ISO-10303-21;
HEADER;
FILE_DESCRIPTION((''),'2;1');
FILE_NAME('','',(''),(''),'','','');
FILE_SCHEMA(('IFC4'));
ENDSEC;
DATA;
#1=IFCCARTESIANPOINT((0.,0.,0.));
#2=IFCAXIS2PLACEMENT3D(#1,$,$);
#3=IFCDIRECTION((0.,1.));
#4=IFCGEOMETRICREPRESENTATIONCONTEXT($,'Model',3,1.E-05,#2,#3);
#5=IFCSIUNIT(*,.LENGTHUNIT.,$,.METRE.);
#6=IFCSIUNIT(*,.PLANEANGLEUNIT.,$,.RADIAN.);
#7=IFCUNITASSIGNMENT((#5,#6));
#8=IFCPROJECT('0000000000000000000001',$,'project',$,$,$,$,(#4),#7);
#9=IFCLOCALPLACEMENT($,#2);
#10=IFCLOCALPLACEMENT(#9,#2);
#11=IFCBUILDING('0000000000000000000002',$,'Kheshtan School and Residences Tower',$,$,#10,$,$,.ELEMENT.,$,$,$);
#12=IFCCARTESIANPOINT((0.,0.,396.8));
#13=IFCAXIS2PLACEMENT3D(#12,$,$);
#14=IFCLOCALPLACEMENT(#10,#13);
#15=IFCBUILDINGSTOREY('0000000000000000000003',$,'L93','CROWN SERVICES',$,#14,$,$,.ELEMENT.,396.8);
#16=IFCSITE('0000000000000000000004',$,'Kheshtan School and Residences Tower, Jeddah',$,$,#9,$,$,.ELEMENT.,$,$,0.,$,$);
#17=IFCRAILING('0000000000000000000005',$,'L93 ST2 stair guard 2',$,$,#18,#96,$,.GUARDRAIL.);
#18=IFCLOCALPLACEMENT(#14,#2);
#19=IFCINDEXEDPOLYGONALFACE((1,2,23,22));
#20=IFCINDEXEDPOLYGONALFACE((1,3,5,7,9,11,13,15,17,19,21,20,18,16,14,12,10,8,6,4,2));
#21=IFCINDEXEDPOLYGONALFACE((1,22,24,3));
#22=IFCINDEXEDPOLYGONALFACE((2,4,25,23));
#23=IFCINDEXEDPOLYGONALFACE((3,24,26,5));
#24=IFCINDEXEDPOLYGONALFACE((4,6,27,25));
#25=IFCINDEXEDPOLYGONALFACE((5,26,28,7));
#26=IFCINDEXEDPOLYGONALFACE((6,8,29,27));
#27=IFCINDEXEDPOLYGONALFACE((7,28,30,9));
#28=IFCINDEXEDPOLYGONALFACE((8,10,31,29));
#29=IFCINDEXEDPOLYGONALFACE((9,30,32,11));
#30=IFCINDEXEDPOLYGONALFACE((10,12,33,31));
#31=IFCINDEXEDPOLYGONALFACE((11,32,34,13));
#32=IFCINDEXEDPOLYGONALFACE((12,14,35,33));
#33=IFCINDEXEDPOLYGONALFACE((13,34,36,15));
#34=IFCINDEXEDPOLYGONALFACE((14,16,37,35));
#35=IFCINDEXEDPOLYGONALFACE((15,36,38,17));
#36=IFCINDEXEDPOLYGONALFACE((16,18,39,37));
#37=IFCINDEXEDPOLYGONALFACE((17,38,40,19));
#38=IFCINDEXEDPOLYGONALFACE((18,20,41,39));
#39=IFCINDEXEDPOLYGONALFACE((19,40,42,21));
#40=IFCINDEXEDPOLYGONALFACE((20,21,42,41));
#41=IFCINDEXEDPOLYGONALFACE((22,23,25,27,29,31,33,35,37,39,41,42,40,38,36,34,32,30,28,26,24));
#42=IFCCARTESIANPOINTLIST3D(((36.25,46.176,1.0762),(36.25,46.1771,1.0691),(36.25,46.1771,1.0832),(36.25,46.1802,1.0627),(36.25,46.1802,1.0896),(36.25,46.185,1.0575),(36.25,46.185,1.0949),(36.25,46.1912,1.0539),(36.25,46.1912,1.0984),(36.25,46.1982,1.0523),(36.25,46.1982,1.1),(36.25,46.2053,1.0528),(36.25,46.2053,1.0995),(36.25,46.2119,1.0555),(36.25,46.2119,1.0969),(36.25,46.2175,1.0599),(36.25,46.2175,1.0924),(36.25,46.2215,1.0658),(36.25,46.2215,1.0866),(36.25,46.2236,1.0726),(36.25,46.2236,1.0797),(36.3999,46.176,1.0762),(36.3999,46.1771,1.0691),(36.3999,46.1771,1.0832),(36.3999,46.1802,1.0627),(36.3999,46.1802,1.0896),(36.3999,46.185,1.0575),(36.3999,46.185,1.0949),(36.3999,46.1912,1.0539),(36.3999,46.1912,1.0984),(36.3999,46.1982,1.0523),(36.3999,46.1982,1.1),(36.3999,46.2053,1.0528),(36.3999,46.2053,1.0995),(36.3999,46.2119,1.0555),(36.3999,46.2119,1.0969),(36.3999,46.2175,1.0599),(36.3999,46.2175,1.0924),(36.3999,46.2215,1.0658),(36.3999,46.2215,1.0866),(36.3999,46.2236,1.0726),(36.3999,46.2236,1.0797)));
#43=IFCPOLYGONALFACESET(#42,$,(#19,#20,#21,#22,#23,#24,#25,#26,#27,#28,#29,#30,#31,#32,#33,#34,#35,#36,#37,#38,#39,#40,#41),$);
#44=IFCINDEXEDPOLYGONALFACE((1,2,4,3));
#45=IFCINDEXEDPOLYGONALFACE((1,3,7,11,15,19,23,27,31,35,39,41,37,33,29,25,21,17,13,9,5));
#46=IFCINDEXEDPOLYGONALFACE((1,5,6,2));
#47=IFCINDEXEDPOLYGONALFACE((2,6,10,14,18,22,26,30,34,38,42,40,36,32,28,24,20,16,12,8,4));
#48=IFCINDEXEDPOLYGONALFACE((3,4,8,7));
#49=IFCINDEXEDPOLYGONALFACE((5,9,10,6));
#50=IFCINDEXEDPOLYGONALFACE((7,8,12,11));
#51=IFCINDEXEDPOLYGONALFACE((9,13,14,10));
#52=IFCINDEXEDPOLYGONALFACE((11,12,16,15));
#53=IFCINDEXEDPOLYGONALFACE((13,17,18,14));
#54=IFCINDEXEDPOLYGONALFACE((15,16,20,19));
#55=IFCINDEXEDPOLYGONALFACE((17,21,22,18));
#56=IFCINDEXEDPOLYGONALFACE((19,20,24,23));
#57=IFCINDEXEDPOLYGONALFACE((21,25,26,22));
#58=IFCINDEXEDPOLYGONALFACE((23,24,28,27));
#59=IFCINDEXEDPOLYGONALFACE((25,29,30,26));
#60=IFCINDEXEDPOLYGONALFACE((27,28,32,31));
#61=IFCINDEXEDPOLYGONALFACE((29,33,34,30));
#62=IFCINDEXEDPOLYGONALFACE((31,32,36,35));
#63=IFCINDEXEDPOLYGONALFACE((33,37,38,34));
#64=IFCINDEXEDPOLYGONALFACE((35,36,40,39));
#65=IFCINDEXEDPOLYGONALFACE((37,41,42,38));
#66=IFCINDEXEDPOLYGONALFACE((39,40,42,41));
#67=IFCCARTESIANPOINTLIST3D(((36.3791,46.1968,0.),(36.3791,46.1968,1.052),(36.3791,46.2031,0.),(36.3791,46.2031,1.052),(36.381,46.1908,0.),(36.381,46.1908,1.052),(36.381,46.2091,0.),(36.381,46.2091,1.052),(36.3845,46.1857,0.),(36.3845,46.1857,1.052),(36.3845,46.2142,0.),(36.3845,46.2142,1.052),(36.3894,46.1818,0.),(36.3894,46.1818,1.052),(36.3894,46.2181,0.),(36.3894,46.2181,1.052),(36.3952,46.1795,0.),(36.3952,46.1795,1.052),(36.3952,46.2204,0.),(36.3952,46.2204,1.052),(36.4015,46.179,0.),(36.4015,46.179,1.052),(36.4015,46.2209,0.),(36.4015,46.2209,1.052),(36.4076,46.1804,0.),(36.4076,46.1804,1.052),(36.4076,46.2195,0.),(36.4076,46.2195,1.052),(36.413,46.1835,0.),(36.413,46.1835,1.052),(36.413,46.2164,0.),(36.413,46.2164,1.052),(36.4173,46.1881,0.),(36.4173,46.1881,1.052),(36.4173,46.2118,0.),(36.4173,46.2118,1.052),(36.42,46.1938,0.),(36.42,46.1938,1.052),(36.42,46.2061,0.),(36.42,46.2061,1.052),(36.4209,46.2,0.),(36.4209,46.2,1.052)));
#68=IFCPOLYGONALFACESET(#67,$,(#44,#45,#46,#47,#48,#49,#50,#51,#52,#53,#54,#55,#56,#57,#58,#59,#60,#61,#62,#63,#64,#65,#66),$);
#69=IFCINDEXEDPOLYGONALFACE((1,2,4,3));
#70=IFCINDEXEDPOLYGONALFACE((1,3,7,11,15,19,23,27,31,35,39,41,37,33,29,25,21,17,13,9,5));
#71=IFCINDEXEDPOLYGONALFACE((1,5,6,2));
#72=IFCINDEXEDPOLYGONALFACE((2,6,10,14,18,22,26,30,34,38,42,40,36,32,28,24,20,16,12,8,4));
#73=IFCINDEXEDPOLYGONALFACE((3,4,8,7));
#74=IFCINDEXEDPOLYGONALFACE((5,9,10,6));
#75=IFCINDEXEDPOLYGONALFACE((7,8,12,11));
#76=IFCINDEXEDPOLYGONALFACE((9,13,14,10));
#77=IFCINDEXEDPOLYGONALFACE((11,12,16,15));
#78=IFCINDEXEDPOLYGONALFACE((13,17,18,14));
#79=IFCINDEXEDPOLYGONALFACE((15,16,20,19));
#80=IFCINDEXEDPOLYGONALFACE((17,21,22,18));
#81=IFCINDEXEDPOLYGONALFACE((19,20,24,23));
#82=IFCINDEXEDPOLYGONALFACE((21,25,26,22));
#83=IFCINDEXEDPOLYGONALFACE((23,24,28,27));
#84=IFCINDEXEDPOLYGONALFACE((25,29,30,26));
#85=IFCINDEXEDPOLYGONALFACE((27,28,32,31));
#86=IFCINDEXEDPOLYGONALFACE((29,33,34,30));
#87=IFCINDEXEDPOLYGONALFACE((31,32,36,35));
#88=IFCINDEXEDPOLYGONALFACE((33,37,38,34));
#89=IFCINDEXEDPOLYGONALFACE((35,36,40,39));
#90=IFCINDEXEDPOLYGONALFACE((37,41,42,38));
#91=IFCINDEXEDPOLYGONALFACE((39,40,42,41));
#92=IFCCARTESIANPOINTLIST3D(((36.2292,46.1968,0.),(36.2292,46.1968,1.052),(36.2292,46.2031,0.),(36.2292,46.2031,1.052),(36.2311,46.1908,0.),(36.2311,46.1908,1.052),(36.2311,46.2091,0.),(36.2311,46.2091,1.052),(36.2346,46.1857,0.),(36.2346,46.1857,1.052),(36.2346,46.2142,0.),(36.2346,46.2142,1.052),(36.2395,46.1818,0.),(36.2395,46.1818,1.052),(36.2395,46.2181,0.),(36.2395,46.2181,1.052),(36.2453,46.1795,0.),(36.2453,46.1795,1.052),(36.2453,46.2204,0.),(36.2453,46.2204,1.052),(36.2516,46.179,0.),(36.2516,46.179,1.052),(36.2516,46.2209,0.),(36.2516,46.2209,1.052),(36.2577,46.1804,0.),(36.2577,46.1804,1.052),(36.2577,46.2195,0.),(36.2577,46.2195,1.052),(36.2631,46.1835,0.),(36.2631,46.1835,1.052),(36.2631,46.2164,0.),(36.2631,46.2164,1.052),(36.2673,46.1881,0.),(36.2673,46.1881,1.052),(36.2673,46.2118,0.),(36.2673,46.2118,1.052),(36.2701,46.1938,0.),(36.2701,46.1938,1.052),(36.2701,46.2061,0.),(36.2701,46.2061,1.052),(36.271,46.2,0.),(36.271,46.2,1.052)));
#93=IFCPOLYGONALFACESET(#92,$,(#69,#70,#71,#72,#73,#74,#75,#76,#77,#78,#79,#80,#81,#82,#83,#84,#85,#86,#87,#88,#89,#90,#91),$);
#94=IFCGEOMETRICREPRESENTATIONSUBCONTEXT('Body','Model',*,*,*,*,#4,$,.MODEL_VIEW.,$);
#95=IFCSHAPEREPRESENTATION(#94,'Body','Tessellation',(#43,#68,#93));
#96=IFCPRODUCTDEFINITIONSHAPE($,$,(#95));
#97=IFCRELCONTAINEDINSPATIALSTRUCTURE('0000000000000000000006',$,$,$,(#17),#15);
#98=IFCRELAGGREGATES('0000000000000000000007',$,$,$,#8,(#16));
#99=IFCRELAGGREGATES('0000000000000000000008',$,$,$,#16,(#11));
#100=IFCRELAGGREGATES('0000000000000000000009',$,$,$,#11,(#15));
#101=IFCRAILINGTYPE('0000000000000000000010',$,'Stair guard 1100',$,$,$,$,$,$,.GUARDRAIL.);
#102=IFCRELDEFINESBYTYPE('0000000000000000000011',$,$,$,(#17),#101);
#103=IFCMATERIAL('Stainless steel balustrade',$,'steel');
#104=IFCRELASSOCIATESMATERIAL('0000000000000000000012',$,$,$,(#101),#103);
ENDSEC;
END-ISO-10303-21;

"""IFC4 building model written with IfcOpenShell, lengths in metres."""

from ifc_helpers import new_model, si_unit, direction, frame, origin, origin_2d, place, context, subcontext, project, spatial, circle, extrude, material, type_object, element, save


model = new_model("IFC4")

# Units and contexts
model_context = context("Model", 3, precision=1e-05, world=origin(), true_north=direction((0.0, 1.0)))
body_context = subcontext(model_context, "Body", "Model", "MODEL_VIEW")
ifc_project = project(units=[si_unit("LENGTHUNIT", "METRE"), si_unit("PLANEANGLEUNIT", "RADIAN")], contexts=[model_context])

# Site, building, storey
site_placement = place(None, origin())
site = spatial("IfcSite", under=ifc_project, at=site_placement, Name="Kheshtan School and Residences Tower, Jeddah", CompositionType="ELEMENT", RefElevation=0.0)
building_placement = place(site_placement, origin())
building = spatial("IfcBuilding", under=site, at=building_placement, Name="Kheshtan School and Residences Tower", CompositionType="ELEMENT")
storey_placement = place(building_placement, frame((0.0, 0.0, 396.8)))
storey = spatial("IfcBuildingStorey", under=building, at=storey_placement, Name="L93", Description="CROWN SERVICES", CompositionType="ELEMENT", Elevation=396.8)

# Railing
ifc_material_1 = material(Name="Stainless steel balustrade", Category="steel")
railing_type_1 = type_object("IfcRailingType", Name="Stair guard 1100", PredefinedType="GUARDRAIL", material=ifc_material_1)
railing_1_placement = place(storey_placement, frame((36.3999, 46.2, 0.0)))
element("IfcRailing", 1, at=railing_1_placement, inside=storey, type_object=railing_type_1, Name="L93 ST2 stair guard 2", PredefinedType="GUARDRAIL", context=body_context, shape_type="SweptSolid", body=[
    extrude(circle(Radius=0.0239, at=origin_2d()), frame((0.0, 0.0, 1.0762), z_axis=(-1.0, 0.0, 0.0), x_axis=(0.0, -1.0, 0.0)), (0.0, 0.0, 1.0), 0.1499),
    extrude(circle(Radius=0.021, at=origin_2d()), origin(), (0.0, 0.0, 1.0), 1.052),
    extrude(circle(Radius=0.021, at=origin_2d()), frame((-0.1499, 0.0, 0.0)), (0.0, 0.0, 1.0), 1.052),
])

save(model, "model.ifc")
